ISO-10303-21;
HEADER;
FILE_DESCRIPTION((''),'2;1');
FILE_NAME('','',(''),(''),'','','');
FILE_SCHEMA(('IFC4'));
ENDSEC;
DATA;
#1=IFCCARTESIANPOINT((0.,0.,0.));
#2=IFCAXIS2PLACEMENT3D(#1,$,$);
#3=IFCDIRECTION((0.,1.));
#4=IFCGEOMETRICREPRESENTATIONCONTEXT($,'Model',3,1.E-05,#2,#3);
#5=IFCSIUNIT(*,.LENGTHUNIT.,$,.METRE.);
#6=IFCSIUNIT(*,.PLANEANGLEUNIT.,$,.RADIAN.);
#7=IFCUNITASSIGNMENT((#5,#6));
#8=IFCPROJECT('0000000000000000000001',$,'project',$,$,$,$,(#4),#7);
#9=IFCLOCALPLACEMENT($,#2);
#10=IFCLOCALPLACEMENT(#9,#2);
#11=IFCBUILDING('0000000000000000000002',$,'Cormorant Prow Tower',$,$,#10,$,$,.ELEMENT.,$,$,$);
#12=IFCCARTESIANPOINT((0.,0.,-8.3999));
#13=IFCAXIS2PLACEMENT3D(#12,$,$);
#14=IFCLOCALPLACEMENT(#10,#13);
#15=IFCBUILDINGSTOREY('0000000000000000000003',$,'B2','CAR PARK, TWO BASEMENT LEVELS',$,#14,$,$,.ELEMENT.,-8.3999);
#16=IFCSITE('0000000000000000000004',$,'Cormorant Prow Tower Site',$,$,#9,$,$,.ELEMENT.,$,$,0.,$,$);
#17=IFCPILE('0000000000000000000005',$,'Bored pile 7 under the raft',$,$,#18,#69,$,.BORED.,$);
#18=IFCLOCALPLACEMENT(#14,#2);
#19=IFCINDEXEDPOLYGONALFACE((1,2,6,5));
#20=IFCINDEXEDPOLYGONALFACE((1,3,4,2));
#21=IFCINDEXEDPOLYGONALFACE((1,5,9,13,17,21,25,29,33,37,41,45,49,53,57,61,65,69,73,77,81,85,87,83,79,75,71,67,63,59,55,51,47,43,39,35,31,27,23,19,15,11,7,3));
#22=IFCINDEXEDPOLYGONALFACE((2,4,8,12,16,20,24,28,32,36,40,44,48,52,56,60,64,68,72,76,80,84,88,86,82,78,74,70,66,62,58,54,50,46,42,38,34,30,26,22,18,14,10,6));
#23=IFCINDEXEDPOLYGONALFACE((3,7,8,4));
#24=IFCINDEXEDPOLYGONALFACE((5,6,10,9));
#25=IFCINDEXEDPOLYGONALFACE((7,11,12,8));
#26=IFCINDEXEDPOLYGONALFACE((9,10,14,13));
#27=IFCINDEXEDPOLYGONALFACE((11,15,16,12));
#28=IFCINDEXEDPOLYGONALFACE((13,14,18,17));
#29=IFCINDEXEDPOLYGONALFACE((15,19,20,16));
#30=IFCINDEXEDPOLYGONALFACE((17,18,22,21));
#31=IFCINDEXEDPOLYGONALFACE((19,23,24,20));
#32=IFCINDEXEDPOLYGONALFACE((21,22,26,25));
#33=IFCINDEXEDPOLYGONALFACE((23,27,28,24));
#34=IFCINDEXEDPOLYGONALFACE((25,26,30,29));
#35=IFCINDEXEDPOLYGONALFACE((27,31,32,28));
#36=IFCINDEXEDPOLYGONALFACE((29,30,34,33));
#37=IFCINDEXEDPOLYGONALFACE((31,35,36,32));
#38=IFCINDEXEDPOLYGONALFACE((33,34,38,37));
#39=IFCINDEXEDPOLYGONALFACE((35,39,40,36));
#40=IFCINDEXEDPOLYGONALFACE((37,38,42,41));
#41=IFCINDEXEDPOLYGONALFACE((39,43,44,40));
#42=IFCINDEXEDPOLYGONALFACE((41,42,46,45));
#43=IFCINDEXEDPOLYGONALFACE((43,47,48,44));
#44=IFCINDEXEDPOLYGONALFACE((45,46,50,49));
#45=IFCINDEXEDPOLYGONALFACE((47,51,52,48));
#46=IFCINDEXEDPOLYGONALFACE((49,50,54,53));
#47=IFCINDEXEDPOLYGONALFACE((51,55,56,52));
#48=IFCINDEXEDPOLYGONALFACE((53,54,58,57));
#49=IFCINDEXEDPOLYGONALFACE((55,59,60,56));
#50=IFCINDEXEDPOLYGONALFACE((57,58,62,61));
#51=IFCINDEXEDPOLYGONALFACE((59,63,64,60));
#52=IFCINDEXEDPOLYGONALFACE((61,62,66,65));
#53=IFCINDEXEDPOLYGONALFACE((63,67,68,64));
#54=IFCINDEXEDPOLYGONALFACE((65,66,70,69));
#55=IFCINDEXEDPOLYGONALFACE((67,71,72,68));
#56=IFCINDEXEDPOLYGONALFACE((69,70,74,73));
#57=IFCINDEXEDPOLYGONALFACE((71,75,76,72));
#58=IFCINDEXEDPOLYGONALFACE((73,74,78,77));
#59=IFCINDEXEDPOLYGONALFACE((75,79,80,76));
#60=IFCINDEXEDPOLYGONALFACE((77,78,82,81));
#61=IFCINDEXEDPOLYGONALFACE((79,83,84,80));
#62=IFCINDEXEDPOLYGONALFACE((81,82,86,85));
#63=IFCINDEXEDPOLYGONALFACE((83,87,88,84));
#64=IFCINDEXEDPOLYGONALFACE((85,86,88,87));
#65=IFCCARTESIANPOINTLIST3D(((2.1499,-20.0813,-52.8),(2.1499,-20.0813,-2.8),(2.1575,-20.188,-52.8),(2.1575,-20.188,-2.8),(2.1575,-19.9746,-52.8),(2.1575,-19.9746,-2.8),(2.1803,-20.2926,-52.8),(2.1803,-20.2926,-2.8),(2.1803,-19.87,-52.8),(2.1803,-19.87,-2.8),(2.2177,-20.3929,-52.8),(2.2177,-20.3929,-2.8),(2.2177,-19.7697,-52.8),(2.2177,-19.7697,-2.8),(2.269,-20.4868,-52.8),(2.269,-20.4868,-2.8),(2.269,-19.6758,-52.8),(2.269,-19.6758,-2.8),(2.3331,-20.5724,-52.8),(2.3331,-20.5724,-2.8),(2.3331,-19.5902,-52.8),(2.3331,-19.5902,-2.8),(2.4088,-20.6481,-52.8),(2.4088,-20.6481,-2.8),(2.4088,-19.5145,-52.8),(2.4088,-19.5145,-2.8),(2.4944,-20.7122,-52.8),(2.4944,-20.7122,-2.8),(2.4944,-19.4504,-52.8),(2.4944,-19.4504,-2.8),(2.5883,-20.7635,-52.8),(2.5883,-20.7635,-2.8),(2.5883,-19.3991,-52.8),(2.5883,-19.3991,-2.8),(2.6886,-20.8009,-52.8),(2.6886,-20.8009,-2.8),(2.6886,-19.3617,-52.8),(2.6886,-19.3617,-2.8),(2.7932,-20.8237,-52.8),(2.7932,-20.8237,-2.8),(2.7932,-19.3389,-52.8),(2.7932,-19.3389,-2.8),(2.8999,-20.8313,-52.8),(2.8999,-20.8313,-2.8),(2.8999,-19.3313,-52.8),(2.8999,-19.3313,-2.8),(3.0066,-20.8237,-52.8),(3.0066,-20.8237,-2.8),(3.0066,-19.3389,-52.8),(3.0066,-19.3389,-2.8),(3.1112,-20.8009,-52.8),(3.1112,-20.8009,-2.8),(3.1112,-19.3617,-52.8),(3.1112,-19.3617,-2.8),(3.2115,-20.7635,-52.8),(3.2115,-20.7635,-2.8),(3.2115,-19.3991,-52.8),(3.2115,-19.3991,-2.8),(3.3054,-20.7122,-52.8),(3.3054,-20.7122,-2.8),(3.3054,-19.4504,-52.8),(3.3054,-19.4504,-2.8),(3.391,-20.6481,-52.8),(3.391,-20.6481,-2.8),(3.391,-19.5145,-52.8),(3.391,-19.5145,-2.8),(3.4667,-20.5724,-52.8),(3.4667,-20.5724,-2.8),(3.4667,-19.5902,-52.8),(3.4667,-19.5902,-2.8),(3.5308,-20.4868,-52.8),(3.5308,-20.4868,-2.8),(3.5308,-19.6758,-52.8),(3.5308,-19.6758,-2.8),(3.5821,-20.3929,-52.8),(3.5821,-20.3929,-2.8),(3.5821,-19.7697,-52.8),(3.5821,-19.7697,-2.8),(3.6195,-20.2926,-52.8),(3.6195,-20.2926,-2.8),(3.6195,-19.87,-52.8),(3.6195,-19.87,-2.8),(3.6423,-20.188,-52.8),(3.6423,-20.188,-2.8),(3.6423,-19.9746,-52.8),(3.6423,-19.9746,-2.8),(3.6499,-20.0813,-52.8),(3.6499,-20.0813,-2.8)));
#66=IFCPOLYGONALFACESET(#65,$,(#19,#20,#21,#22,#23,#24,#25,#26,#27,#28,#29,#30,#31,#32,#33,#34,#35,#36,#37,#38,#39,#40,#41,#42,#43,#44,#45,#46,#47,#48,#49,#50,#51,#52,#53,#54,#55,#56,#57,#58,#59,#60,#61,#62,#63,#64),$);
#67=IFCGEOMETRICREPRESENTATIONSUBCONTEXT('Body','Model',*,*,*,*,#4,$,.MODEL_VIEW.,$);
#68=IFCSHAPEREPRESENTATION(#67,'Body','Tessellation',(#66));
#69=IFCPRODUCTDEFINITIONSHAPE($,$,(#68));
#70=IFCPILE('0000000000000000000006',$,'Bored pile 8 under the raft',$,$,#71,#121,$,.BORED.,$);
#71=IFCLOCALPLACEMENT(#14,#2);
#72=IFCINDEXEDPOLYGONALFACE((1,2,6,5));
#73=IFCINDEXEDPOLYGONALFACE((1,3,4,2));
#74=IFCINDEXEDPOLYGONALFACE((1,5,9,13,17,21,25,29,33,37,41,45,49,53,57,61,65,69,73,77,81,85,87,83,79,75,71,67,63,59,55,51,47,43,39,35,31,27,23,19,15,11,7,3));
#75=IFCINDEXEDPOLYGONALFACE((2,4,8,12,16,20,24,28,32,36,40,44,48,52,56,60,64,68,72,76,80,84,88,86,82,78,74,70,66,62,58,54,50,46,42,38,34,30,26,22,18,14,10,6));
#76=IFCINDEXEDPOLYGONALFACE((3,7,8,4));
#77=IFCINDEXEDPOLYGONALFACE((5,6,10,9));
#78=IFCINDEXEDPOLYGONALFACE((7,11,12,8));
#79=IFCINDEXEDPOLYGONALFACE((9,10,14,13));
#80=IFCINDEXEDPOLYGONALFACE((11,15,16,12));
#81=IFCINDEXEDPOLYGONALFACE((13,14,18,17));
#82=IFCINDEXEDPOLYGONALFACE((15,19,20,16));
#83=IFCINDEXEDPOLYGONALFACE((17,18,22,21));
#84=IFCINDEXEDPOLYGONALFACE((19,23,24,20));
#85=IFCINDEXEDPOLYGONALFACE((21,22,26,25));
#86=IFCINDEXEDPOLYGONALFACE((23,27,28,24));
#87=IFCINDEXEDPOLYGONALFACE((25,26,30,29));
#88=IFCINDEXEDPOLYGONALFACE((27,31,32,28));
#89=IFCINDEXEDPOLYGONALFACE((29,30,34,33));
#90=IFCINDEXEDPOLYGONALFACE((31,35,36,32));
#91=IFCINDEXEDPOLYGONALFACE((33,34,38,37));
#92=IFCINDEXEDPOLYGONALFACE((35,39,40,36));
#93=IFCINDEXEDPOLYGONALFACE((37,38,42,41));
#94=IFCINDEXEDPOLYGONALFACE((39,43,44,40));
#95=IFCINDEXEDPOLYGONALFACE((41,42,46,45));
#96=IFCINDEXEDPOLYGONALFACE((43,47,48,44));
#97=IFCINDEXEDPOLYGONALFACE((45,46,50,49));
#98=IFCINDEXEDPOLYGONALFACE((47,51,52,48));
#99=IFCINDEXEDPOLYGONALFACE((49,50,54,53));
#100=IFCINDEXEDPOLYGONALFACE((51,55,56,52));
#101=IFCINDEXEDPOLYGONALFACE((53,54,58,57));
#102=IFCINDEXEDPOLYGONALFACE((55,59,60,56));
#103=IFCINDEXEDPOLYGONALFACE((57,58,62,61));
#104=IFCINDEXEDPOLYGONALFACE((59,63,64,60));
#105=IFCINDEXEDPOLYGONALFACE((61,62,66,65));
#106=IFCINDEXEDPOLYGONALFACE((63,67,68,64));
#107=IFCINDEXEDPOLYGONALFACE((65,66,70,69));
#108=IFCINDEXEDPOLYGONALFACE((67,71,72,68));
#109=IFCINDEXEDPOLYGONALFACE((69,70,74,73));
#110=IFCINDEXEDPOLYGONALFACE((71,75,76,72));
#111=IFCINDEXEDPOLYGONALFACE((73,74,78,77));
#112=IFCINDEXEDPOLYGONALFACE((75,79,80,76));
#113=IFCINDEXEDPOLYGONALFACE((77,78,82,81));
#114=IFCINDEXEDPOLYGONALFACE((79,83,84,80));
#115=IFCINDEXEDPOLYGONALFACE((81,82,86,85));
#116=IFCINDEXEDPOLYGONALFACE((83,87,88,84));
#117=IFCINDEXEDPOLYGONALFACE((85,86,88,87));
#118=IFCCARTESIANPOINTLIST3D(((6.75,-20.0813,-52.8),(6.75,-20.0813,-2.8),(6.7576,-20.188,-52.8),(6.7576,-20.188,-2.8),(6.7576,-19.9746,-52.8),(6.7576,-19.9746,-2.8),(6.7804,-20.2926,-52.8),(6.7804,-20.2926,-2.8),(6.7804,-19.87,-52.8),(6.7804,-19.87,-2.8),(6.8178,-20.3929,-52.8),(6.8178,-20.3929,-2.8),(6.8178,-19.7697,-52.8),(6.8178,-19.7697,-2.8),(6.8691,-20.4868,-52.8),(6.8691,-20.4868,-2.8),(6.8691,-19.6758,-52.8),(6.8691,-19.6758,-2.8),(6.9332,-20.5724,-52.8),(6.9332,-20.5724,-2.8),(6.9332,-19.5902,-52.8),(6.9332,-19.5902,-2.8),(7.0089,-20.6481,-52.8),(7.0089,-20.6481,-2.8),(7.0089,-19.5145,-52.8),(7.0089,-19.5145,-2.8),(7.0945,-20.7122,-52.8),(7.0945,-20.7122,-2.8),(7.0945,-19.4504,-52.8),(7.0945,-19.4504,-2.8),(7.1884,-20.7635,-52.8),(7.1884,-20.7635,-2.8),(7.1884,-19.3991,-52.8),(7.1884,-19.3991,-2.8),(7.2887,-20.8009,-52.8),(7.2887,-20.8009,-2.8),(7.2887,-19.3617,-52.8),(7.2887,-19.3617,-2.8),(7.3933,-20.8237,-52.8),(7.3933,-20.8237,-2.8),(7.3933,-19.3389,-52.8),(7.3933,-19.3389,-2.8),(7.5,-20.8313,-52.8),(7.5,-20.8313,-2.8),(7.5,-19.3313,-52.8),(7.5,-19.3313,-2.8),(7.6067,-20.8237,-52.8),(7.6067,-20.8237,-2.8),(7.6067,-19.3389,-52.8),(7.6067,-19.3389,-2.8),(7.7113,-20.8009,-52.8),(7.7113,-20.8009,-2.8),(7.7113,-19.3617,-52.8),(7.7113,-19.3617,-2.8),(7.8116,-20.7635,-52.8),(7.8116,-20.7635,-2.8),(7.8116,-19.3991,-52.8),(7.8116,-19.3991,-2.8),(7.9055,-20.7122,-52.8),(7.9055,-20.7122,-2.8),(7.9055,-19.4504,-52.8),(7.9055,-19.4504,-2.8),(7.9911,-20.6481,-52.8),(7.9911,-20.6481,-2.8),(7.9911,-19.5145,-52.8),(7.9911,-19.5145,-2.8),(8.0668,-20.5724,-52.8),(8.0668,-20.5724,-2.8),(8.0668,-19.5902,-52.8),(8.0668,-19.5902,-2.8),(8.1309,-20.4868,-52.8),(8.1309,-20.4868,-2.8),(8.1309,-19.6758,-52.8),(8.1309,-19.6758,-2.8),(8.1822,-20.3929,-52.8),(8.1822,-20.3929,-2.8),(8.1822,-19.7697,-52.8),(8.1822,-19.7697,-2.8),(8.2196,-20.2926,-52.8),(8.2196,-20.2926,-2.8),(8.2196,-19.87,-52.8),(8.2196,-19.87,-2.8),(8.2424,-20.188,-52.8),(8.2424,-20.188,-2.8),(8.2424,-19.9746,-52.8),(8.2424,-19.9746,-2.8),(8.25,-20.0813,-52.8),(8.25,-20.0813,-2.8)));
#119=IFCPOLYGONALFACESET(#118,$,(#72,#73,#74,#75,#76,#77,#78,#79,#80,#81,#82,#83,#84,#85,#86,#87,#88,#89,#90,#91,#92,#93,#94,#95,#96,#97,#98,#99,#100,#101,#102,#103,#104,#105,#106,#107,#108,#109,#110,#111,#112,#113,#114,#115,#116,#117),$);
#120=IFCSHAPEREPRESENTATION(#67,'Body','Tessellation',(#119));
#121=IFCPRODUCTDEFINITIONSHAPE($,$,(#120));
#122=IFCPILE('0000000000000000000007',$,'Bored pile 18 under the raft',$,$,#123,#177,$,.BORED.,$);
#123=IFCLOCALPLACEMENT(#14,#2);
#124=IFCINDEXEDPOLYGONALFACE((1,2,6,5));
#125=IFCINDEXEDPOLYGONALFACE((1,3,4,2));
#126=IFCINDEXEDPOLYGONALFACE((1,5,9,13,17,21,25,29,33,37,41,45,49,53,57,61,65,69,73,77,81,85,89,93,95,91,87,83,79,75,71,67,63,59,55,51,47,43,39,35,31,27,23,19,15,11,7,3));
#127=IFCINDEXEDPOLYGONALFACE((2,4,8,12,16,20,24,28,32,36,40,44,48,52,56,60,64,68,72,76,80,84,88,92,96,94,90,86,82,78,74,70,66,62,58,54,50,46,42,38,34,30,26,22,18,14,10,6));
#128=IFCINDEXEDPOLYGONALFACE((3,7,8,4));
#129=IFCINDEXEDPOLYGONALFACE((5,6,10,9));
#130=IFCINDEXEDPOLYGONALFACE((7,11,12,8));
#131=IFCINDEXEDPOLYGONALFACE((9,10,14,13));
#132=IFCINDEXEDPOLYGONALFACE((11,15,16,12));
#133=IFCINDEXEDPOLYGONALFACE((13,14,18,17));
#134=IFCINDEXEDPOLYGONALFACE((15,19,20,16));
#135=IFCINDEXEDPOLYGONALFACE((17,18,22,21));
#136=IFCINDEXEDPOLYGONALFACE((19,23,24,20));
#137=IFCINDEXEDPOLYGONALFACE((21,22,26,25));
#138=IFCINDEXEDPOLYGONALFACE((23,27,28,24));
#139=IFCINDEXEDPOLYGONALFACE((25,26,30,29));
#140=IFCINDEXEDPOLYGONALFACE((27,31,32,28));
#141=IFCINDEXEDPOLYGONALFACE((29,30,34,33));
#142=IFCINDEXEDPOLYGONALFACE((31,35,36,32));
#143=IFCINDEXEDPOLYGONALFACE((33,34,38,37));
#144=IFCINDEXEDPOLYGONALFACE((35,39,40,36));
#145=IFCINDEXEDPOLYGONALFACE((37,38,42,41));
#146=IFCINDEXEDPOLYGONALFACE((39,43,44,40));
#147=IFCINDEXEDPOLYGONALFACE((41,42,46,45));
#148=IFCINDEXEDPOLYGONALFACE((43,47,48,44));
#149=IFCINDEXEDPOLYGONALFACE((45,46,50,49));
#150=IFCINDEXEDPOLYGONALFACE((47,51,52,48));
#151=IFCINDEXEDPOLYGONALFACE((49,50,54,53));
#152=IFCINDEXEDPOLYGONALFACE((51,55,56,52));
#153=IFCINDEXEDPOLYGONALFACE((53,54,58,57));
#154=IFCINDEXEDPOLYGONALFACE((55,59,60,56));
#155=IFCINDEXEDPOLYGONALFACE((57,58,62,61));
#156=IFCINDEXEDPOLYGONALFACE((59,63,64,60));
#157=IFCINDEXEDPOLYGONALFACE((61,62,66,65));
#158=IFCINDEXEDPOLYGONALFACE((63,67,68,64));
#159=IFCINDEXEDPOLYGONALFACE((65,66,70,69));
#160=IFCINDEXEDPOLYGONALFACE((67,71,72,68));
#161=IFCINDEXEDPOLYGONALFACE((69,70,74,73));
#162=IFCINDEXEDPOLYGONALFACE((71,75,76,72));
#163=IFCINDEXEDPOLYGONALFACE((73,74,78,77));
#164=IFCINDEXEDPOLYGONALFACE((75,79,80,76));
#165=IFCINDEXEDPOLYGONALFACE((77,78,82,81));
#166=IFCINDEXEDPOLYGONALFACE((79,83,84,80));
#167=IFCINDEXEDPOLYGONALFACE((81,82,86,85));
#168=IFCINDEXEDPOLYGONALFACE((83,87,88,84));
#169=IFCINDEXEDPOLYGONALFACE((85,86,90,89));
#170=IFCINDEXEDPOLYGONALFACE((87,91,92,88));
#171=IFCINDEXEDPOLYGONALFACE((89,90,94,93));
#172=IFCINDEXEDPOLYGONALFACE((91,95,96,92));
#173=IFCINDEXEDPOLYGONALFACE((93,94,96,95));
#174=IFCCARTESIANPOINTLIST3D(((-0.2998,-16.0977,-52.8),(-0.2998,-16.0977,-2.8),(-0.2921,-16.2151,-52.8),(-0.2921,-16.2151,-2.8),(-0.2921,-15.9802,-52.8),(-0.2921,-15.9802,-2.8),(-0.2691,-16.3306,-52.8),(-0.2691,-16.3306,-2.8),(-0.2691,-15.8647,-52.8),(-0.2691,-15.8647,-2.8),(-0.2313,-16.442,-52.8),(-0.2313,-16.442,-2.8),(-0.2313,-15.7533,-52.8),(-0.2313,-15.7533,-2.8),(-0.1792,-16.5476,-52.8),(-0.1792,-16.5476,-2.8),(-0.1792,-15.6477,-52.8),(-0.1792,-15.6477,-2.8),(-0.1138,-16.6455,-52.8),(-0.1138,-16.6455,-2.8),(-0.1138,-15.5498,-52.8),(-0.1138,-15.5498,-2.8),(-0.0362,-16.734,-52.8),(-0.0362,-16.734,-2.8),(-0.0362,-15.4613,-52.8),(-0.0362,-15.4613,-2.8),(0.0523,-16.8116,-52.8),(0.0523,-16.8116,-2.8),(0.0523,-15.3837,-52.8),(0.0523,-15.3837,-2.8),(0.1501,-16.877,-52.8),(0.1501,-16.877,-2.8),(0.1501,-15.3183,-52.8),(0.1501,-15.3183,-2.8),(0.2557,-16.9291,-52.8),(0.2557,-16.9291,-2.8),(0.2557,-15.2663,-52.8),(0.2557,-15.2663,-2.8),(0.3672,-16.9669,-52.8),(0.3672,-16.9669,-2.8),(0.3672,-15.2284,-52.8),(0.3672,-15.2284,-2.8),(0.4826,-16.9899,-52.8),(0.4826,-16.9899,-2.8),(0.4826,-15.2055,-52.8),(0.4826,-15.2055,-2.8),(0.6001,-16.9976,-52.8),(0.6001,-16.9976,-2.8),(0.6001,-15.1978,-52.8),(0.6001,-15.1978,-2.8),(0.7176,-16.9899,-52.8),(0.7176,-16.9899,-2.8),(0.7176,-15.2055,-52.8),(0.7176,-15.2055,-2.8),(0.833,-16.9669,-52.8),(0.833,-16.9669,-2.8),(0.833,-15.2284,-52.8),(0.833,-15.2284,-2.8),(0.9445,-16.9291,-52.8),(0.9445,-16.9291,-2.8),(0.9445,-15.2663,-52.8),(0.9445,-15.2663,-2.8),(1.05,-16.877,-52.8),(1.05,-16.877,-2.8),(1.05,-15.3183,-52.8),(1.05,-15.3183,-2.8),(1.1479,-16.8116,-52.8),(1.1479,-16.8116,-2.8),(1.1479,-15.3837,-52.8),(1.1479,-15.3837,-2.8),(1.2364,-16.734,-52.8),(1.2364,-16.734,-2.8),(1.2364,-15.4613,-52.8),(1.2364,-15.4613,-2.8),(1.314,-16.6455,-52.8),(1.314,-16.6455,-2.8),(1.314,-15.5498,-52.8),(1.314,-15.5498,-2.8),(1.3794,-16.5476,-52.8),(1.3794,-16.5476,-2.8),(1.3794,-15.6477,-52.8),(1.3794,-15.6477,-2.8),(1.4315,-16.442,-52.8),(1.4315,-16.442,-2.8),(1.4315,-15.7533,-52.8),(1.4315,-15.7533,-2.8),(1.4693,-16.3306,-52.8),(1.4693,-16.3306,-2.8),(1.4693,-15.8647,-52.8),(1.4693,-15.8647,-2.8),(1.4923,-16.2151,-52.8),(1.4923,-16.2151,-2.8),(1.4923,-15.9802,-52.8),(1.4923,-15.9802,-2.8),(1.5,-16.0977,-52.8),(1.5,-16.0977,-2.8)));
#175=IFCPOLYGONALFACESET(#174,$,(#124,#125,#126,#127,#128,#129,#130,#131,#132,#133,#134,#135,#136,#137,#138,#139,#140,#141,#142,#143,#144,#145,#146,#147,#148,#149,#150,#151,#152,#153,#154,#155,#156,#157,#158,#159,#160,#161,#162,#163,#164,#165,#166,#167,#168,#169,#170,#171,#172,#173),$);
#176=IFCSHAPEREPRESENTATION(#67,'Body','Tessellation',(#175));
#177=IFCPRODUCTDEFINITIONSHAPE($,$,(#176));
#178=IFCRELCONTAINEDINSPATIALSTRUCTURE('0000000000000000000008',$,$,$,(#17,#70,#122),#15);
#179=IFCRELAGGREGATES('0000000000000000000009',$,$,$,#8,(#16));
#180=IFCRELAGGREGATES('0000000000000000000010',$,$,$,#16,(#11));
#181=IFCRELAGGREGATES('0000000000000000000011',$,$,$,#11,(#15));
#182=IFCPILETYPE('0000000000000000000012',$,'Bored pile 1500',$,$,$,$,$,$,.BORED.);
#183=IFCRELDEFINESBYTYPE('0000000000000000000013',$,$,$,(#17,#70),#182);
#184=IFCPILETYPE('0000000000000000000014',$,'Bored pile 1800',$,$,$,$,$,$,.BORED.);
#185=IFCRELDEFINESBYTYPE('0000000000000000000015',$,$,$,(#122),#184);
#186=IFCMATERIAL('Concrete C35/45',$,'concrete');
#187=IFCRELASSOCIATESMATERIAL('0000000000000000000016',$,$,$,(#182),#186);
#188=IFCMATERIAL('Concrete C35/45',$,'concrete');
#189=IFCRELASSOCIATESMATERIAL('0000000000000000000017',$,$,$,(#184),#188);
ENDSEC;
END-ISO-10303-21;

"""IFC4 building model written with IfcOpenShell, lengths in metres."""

from ifc_helpers import new_model, si_unit, direction, frame, origin, origin_2d, place, context, subcontext, project, spatial, circle, extrude, material, material_profile, profile_set, type_object, element, save


model = new_model("IFC4")

# Units and contexts
model_context = context("Model", 3, precision=1e-05, world=origin(), true_north=direction((0.0, 1.0)))
body_context = subcontext(model_context, "Body", "Model", "MODEL_VIEW")
ifc_project = project(units=[si_unit("LENGTHUNIT", "METRE"), si_unit("PLANEANGLEUNIT", "RADIAN")], contexts=[model_context])

# Site, building, storey
site_placement = place(None, origin())
site = spatial("IfcSite", under=ifc_project, at=site_placement, Name="Cormorant Prow Tower Site", CompositionType="ELEMENT", RefElevation=0.0)
building_placement = place(site_placement, origin())
building = spatial("IfcBuilding", under=site, at=building_placement, Name="Cormorant Prow Tower", CompositionType="ELEMENT")
storey_placement = place(building_placement, frame((0.0, 0.0, -8.3999)))
storey = spatial("IfcBuildingStorey", under=building, at=storey_placement, Name="B2", Description="CAR PARK, TWO BASEMENT LEVELS", CompositionType="ELEMENT", Elevation=-8.3999)

# Piles
ifc_material_1 = material(Name="Concrete C35/45", Category="concrete")
ifc_material_profile_1 = material_profile(ifc_material_1, circle(Radius=0.75, at=origin_2d()), Name="Round 1500")
ifc_profile_set_1 = profile_set([ifc_material_profile_1], Name="Concrete C35/45")
pile_type_1 = type_object("IfcPileType", Name="Bored pile 1500", PredefinedType="BORED", material=ifc_profile_set_1)
for number, where, z_axis, x_axis, name in (
    (1, (2.8999, -20.0813, -2.8), (0.0, 0.0, -1.0), (1.0, 0.0, 0.0), "Bored pile 7 under the raft"),
    (2, (7.5, -20.0813, -2.8), (0.0, 0.0, -1.0), (1.0, 0.0, 0.0), "Bored pile 8 under the raft"),
):
    element("IfcPile", number, at=place(storey_placement, frame(where, z_axis=z_axis, x_axis=x_axis)), inside=storey, type_object=pile_type_1, Name=name, PredefinedType="BORED", context=body_context, shape_type="SweptSolid", body=[
        extrude(circle(Radius=0.75, at=origin_2d()), origin(), (0.0, 0.0, 1.0), 50.0),
    ])
ifc_material_2 = material(Name="Concrete C35/45", Category="concrete")
ifc_material_profile_2 = material_profile(ifc_material_2, circle(Radius=0.8999, at=origin_2d()), Name="Round 1800")
ifc_profile_set_2 = profile_set([ifc_material_profile_2], Name="Concrete C35/45")
pile_type_2 = type_object("IfcPileType", Name="Bored pile 1800", PredefinedType="BORED", material=ifc_profile_set_2)
for number, where, z_axis, x_axis, name in (
    (3, (0.6001, -16.0977, -2.8), (0.0, 0.0, -1.0), (1.0, 0.0, 0.0), "Bored pile 18 under the raft"),
):
    element("IfcPile", number, at=place(storey_placement, frame(where, z_axis=z_axis, x_axis=x_axis)), inside=storey, type_object=pile_type_2, Name=name, PredefinedType="BORED", context=body_context, shape_type="SweptSolid", body=[
        extrude(circle(Radius=0.8999, at=origin_2d()), origin(), (0.0, 0.0, 1.0), 50.0),
    ])

save(model, "model.ifc")
